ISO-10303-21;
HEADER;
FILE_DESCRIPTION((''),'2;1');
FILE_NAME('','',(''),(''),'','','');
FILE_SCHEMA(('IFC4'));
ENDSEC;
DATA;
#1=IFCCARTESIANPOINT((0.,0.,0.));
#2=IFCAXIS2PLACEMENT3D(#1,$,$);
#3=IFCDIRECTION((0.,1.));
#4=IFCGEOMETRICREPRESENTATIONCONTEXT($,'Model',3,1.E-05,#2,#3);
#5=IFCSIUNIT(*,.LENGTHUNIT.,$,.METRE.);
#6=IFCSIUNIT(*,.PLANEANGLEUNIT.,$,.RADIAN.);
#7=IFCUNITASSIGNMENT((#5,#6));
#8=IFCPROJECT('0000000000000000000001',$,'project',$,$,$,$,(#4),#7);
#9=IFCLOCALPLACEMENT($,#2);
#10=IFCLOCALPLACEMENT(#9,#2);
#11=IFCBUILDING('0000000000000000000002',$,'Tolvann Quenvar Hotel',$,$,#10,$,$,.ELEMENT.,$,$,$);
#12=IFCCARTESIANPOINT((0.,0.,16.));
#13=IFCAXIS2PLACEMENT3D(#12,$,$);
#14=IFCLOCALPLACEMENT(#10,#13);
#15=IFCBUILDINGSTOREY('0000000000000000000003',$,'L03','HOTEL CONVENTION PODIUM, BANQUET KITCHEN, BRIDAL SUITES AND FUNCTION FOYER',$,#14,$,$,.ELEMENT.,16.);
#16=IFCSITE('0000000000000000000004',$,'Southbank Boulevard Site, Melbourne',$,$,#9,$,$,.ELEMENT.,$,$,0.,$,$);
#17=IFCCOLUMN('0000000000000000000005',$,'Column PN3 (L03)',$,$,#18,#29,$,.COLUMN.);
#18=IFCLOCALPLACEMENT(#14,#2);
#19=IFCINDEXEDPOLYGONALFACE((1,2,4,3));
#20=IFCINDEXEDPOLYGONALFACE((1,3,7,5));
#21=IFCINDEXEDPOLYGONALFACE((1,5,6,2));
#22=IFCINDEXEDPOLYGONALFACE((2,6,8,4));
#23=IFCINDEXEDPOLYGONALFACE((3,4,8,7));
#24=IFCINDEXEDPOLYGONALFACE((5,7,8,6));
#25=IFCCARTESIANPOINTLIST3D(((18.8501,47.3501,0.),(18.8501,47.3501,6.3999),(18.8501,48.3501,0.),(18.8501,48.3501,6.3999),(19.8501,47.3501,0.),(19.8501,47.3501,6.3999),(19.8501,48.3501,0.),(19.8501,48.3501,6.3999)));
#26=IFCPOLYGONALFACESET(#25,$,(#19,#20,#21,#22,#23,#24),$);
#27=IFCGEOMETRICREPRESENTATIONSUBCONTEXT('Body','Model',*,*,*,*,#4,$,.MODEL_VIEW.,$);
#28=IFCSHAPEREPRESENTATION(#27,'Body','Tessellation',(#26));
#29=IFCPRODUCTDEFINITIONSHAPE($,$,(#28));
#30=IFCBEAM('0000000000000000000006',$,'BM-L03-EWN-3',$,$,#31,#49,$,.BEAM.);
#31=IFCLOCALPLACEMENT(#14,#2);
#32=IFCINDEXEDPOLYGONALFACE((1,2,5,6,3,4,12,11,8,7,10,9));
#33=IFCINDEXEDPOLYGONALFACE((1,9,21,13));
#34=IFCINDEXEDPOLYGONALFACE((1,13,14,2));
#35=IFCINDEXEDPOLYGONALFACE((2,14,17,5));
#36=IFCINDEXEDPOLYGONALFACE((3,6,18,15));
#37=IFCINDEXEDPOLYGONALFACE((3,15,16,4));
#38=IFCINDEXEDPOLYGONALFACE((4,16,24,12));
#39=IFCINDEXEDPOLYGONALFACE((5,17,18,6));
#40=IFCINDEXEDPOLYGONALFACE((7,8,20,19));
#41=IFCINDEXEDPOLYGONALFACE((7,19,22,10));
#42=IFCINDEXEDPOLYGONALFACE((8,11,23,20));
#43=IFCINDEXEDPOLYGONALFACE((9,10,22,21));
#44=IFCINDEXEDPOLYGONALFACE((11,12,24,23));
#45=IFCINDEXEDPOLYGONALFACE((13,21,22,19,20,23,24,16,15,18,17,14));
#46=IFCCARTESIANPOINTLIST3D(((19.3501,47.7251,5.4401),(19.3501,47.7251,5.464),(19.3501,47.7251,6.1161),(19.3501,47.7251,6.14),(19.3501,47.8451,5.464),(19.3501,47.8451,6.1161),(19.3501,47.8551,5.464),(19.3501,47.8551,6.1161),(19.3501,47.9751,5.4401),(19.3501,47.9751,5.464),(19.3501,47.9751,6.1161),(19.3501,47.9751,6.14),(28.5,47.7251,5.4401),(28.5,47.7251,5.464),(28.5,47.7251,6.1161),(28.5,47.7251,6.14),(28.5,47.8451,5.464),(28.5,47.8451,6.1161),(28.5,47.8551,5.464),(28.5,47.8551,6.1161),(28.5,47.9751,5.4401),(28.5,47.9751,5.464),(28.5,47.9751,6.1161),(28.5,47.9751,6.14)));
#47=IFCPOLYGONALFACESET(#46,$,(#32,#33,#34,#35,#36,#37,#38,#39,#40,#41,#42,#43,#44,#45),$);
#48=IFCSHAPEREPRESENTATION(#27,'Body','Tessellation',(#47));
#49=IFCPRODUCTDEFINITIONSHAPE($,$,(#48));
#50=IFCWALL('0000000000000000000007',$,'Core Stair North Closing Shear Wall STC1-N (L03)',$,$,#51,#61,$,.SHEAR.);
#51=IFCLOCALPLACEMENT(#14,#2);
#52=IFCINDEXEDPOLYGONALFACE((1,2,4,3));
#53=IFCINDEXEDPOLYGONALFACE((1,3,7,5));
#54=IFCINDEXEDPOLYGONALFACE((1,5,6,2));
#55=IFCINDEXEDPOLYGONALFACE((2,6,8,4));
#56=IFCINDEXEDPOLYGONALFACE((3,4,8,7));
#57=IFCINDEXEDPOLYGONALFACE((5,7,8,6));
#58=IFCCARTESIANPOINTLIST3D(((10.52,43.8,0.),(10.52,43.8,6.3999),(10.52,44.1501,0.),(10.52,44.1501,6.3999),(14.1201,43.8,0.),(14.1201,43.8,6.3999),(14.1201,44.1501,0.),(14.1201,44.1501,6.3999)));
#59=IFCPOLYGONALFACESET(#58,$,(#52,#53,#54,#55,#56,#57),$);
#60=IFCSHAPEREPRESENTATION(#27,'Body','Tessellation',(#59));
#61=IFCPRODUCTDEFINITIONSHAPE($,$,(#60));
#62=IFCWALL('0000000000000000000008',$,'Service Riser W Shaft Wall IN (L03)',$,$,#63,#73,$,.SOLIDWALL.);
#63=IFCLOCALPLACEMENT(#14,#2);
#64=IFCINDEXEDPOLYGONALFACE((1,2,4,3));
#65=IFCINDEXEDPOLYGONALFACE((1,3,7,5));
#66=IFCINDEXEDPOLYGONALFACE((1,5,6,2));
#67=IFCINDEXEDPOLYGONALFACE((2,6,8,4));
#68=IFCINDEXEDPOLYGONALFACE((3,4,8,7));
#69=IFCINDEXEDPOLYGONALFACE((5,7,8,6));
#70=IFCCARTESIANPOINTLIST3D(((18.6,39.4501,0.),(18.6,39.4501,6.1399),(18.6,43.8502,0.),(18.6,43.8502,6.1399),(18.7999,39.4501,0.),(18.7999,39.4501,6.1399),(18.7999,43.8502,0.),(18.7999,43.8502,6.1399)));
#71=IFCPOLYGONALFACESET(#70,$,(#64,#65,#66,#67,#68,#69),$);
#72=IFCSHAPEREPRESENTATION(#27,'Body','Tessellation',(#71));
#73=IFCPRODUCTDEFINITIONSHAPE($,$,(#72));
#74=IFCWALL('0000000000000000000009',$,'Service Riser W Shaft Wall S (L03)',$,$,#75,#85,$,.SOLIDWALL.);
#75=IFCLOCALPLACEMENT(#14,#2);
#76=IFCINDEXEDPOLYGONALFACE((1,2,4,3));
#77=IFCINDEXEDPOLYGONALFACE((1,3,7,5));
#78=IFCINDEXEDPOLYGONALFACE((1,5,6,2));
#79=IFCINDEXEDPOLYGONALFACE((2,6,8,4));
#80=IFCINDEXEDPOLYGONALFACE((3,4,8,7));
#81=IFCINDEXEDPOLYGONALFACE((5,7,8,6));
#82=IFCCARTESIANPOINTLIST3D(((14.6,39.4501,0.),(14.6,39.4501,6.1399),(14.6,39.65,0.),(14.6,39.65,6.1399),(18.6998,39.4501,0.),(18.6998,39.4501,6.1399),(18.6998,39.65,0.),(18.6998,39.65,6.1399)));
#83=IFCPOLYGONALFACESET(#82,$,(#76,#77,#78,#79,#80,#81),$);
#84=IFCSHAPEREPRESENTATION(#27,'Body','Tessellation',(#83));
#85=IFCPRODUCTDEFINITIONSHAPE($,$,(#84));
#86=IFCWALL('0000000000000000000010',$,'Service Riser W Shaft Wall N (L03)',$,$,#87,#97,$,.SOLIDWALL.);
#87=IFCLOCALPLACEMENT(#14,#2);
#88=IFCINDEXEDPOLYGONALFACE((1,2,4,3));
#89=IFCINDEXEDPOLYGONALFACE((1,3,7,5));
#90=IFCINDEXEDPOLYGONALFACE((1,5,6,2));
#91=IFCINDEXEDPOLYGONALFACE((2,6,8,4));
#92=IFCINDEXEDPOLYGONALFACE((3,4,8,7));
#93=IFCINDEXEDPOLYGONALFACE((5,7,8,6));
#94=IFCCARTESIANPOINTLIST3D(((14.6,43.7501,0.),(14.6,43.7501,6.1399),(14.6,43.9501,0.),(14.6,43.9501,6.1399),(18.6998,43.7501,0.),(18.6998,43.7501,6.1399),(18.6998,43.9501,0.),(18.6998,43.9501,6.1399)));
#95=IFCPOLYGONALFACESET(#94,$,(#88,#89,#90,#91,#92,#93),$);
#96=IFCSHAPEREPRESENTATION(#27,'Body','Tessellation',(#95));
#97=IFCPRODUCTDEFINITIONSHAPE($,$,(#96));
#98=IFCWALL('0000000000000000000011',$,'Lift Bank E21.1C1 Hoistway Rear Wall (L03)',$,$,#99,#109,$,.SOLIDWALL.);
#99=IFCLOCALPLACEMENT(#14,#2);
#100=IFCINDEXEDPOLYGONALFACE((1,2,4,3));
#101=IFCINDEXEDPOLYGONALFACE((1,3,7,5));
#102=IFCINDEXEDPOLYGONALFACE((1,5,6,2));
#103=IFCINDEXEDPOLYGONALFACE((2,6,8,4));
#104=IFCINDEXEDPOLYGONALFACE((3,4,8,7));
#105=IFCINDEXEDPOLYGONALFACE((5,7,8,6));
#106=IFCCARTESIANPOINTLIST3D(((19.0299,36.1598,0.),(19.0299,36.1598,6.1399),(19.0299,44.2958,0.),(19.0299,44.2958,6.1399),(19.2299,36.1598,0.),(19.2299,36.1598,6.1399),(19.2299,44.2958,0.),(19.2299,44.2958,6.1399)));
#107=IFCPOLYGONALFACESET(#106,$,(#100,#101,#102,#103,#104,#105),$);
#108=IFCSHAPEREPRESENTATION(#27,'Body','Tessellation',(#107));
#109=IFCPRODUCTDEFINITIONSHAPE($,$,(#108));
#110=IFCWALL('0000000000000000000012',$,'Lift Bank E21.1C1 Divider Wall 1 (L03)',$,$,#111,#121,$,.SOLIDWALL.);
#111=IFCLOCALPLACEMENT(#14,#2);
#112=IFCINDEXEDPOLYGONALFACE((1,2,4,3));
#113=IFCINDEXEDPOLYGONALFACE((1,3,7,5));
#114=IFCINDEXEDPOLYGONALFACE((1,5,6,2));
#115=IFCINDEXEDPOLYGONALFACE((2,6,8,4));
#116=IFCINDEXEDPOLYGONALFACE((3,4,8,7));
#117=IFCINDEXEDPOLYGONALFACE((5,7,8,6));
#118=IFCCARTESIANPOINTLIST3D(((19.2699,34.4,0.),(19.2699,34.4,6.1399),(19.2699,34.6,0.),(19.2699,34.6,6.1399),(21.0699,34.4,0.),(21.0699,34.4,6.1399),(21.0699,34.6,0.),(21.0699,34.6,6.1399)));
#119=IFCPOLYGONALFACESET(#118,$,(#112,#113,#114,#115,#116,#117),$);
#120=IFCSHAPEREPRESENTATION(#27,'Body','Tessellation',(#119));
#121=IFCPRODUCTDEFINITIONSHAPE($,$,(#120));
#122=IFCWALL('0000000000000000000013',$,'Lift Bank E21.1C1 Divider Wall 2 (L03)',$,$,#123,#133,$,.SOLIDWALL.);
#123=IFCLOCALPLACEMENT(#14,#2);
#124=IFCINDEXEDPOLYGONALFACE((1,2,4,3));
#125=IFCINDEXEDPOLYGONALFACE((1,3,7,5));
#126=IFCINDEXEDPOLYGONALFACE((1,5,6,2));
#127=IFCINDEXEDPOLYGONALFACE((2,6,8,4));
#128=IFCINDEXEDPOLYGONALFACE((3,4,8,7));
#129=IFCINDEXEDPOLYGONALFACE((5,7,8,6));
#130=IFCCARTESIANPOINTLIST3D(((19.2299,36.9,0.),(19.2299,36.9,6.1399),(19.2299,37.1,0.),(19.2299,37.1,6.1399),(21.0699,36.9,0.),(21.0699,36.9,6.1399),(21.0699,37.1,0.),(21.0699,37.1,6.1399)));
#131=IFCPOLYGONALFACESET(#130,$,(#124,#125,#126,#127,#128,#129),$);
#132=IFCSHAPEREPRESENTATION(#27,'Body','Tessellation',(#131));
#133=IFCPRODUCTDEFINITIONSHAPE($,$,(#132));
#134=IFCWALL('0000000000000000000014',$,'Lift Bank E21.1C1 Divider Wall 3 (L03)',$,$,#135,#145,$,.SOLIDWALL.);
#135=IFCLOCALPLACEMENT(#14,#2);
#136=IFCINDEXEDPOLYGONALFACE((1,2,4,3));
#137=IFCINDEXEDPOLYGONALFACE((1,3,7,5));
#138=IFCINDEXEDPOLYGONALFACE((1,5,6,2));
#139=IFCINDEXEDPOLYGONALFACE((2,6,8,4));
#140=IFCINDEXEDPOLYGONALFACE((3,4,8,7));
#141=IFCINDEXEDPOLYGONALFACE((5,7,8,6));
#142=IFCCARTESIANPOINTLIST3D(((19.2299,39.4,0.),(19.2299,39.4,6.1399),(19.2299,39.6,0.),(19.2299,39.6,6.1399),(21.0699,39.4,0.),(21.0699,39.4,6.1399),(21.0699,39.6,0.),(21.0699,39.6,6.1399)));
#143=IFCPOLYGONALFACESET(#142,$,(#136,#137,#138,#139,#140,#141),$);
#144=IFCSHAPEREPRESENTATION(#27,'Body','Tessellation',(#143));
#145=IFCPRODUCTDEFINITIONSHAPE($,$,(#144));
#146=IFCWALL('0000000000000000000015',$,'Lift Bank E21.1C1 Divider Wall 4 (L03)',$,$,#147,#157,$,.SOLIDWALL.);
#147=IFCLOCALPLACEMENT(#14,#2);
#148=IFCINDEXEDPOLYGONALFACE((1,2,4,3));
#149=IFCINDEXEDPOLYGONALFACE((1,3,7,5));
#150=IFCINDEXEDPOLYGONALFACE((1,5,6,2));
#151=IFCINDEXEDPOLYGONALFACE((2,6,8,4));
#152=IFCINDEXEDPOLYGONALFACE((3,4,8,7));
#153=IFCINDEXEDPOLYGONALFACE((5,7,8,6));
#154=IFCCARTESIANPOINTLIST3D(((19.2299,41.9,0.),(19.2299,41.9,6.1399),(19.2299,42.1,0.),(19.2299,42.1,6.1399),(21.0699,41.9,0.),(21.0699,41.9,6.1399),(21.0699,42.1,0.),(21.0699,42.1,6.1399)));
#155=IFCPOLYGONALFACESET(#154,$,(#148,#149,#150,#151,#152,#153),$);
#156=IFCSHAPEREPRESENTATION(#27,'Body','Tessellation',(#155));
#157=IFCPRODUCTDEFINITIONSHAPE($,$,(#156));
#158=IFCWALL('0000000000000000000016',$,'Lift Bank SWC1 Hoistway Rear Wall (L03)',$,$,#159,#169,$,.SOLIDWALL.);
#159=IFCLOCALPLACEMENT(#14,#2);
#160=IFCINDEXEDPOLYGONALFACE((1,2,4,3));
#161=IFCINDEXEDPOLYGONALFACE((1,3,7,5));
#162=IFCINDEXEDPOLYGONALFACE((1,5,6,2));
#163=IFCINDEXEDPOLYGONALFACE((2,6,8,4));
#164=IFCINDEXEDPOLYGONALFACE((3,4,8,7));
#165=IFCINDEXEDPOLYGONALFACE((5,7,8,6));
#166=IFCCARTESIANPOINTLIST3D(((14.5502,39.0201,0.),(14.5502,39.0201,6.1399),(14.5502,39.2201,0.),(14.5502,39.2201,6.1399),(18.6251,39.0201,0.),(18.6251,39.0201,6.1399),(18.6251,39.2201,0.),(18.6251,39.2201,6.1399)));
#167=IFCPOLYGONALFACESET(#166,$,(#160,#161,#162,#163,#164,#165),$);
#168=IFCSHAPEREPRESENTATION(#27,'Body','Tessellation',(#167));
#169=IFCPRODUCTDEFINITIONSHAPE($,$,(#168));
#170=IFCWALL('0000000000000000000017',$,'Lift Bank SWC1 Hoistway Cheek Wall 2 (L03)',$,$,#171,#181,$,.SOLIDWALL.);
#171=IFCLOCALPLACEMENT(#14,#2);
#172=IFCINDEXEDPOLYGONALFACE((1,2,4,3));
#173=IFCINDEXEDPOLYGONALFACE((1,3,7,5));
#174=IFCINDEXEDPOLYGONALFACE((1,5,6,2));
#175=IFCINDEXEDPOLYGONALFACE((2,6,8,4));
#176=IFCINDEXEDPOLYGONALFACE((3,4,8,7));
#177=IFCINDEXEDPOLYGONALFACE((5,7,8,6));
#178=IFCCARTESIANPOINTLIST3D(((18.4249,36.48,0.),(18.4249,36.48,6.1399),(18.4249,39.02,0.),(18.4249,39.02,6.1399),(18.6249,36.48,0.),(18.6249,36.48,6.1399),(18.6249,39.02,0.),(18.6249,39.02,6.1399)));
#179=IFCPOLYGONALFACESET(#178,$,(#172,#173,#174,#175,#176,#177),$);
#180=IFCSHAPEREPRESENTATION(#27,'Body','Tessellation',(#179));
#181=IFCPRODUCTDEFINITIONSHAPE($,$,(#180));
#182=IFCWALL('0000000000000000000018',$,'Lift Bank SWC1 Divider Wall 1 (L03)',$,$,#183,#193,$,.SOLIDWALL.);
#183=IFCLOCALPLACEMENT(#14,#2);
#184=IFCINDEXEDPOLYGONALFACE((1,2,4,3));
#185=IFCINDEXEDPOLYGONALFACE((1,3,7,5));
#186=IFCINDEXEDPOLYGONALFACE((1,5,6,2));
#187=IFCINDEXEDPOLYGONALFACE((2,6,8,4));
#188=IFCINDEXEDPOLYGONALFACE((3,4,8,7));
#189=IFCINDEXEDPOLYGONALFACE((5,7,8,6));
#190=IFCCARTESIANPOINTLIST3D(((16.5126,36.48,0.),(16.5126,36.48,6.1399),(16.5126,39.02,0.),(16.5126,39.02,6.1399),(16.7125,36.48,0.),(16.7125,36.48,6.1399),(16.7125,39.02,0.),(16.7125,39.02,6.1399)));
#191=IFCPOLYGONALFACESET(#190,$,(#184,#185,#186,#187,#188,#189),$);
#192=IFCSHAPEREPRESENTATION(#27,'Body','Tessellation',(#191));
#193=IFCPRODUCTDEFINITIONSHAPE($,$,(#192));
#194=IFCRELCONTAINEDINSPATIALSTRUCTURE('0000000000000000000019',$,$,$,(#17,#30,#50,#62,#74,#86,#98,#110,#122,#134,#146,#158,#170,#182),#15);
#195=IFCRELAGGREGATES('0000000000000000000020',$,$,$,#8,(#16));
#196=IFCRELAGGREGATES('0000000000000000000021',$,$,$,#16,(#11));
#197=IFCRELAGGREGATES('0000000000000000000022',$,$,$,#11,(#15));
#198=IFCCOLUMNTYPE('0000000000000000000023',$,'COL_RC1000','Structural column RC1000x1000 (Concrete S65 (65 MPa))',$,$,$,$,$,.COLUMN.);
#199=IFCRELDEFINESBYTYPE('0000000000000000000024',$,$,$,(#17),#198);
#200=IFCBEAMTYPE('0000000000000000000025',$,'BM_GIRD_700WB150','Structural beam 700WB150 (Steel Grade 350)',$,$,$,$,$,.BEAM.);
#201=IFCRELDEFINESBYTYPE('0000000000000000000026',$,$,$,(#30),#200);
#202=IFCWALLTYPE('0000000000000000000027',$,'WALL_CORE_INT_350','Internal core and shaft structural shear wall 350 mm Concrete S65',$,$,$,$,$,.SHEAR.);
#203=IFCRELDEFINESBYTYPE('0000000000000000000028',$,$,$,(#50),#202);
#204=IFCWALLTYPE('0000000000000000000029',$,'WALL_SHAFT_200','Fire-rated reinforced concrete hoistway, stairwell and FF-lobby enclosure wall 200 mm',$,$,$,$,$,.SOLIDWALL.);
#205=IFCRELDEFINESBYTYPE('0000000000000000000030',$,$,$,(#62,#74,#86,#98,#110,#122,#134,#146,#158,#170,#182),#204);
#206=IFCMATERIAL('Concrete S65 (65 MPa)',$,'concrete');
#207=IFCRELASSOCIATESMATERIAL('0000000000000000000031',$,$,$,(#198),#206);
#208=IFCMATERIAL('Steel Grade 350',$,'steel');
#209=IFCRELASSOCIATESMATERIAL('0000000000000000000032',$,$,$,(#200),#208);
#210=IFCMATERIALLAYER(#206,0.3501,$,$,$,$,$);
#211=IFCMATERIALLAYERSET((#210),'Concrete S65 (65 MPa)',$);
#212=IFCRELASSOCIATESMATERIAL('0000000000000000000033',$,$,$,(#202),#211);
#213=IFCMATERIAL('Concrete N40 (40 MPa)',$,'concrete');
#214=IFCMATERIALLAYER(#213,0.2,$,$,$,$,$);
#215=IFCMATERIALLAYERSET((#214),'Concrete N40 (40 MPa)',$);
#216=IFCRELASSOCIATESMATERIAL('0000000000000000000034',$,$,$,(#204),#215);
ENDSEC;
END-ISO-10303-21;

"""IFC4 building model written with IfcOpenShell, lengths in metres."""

from ifc_helpers import new_model, si_unit, direction, frame, frame_2d, origin, origin_2d, place, context, subcontext, project, spatial, rectangle, i_section, extrude, source, transform, mapped, material, layer, layer_set, material_profile, profile_set, type_object, type_shapes, element, save


model = new_model("IFC4")

# Units and contexts
model_context = context("Model", 3, precision=1e-05, world=origin(), true_north=direction((0.0, 1.0)))
body_context = subcontext(model_context, "Body", "Model", "MODEL_VIEW")
ifc_project = project(units=[si_unit("LENGTHUNIT", "METRE"), si_unit("PLANEANGLEUNIT", "RADIAN")], contexts=[model_context])

# Site, building, storey
site_placement = place(None, origin())
site = spatial("IfcSite", under=ifc_project, at=site_placement, Name="Southbank Boulevard Site, Melbourne", CompositionType="ELEMENT", RefElevation=0.0)
building_placement = place(site_placement, origin())
building = spatial("IfcBuilding", under=site, at=building_placement, Name="Tolvann Quenvar Hotel", CompositionType="ELEMENT")
storey_placement = place(building_placement, frame((0.0, 0.0, 16.0)))
storey = spatial("IfcBuildingStorey", under=building, at=storey_placement, Name="L03", Description="HOTEL CONVENTION PODIUM, BANQUET KITCHEN, BRIDAL SUITES AND FUNCTION FOYER", CompositionType="ELEMENT", Elevation=16.0)

# Column
ifc_material_1 = material(Name="Concrete S65 (65 MPa)", Category="concrete")
ifc_material_profile_1 = material_profile(ifc_material_1, rectangle(XDim=1.0, YDim=1.0, at=origin_2d()), Name="RC1000x1000")
ifc_profile_set_1 = profile_set([ifc_material_profile_1], Name="Concrete S65 (65 MPa)")
column_type = type_object("IfcColumnType", Name="COL_RC1000", Description="Structural column RC1000x1000 (Concrete S65 (65 MPa))", PredefinedType="COLUMN", material=ifc_profile_set_1)
shared_shape_1 = source(origin(), body_context, "Body", "SweptSolid", [
    extrude(rectangle(XDim=1.0, YDim=1.0, at=origin_2d()), origin(), (0.0, 0.0, 1.0), 6.3999),
])
type_shapes(column_type, [shared_shape_1])
column_placement = place(storey_placement, frame((19.3501, 47.8501, 0.0), z_axis=(0.0, 0.0, 1.0), x_axis=(1.0, 0.0, 0.0)))
element("IfcColumn", 1, at=column_placement, inside=storey, type_object=column_type, Name="Column PN3 (L03)", PredefinedType="COLUMN", context=body_context, shape_type="MappedRepresentation", body=[
    mapped(shared_shape_1, transform((0.0, 0.0, 0.0), x_axis=(1.0, 0.0, 0.0), y_axis=(0.0, 1.0, 0.0), z_axis=(0.0, 0.0, 1.0), scale=1.0)),
])

# Beam
ifc_material_2 = material(Name="Steel Grade 350", Category="steel")
ifc_material_profile_2 = material_profile(ifc_material_2, i_section(OverallWidth=0.25, OverallDepth=0.7, WebThickness=0.01, FlangeThickness=0.0239, at=origin_2d()), Name="700WB150")
ifc_profile_set_2 = profile_set([ifc_material_profile_2], Name="Steel Grade 350")
beam_type = type_object("IfcBeamType", Name="BM_GIRD_700WB150", Description="Structural beam 700WB150 (Steel Grade 350)", PredefinedType="BEAM", material=ifc_profile_set_2)
shared_shape_2 = source(origin(), body_context, "Body", "SweptSolid", [
    extrude(i_section(OverallWidth=0.25, OverallDepth=0.7, WebThickness=0.01, FlangeThickness=0.0239, at=origin_2d()), origin(), (0.0, 0.0, 1.0), 9.1499),
])
type_shapes(beam_type, [shared_shape_2])
beam_placement = place(storey_placement, frame((19.3501, 47.8501, 5.79), z_axis=(1.0, 0.0, 0.0), x_axis=(0.0, 1.0, 0.0)))
element("IfcBeam", 2, at=beam_placement, inside=storey, type_object=beam_type, Name="BM-L03-EWN-3", PredefinedType="BEAM", context=body_context, shape_type="MappedRepresentation", body=[
    mapped(shared_shape_2, transform((0.0, 0.0, 0.0), x_axis=(1.0, 0.0, 0.0), y_axis=(0.0, 1.0, 0.0), z_axis=(0.0, 0.0, 1.0), scale=1.0)),
])

# Walls
ifc_layer_1 = layer(ifc_material_1, 0.3501)
ifc_layer_set_1 = layer_set([ifc_layer_1], Name="Concrete S65 (65 MPa)")
wall_type_1 = type_object("IfcWallType", Name="WALL_CORE_INT_350", Description="Internal core and shaft structural shear wall 350 mm Concrete S65", PredefinedType="SHEAR", material=ifc_layer_set_1)
wall_1_placement = place(storey_placement, frame((10.52, 43.9751, 0.0), z_axis=(0.0, 0.0, 1.0), x_axis=(1.0, 0.0, 0.0)))
element("IfcWall", 3, at=wall_1_placement, inside=storey, type_object=wall_type_1, Name="Core Stair North Closing Shear Wall STC1-N (L03)", PredefinedType="SHEAR", context=body_context, shape_type="SweptSolid", body=[
    extrude(rectangle(XDim=3.6001, YDim=0.3501, at=frame_2d((1.8, 0.0))), origin(), (0.0, 0.0, 1.0), 6.3999),
])
ifc_material_3 = material(Name="Concrete N40 (40 MPa)", Category="concrete")
ifc_layer_2 = layer(ifc_material_3, 0.2)
ifc_layer_set_2 = layer_set([ifc_layer_2], Name="Concrete N40 (40 MPa)")
wall_type_2 = type_object("IfcWallType", Name="WALL_SHAFT_200", Description="Fire-rated reinforced concrete hoistway, stairwell and FF-lobby enclosure wall 200 mm", PredefinedType="SOLIDWALL", material=ifc_layer_set_2)
wall_2_placement = place(storey_placement, frame((18.7, 39.45, 0.0), z_axis=(0.0, 0.0, 1.0), x_axis=(0.0, 1.0, 0.0)))
element("IfcWall", 4, at=wall_2_placement, inside=storey, type_object=wall_type_2, Name="Service Riser W Shaft Wall IN (L03)", PredefinedType="SOLIDWALL", context=body_context, shape_type="SweptSolid", body=[
    extrude(rectangle(XDim=4.4001, YDim=0.2, at=frame_2d((2.2002, 0.0))), origin(), (0.0, 0.0, 1.0), 6.1399),
])
for number, where, z_axis, x_axis, name in (
    (5, (14.6001, 39.55, 0.0), (0.0, 0.0, 1.0), (1.0, 0.0, 0.0), "Service Riser W Shaft Wall S (L03)"),
    (6, (14.6001, 43.8501, 0.0), (0.0, 0.0, 1.0), (1.0, 0.0, 0.0), "Service Riser W Shaft Wall N (L03)"),
):
    element("IfcWall", number, at=place(storey_placement, frame(where, z_axis=z_axis, x_axis=x_axis)), inside=storey, type_object=wall_type_2, Name=name, PredefinedType="SOLIDWALL", context=body_context, shape_type="SweptSolid", body=[
        extrude(rectangle(XDim=4.0999, YDim=0.2, at=frame_2d((2.0498, 0.0))), origin(), (0.0, 0.0, 1.0), 6.1399),
    ])
wall_3_placement = place(storey_placement, frame((19.1299, 36.1599, 0.0), z_axis=(0.0, 0.0, 1.0), x_axis=(0.0, 1.0, 0.0)))
element("IfcWall", 7, at=wall_3_placement, inside=storey, type_object=wall_type_2, Name="Lift Bank E21.1C1 Hoistway Rear Wall (L03)", PredefinedType="SOLIDWALL", context=body_context, shape_type="SweptSolid", body=[
    extrude(rectangle(XDim=8.136, YDim=0.2, at=frame_2d((4.0679, 0.0))), origin(), (0.0, 0.0, 1.0), 6.1399),
])
wall_4_placement = place(storey_placement, frame((19.27, 34.5, 0.0), z_axis=(0.0, 0.0, 1.0), x_axis=(1.0, 0.0, 0.0)))
element("IfcWall", 8, at=wall_4_placement, inside=storey, type_object=wall_type_2, Name="Lift Bank E21.1C1 Divider Wall 1 (L03)", PredefinedType="SOLIDWALL", context=body_context, shape_type="SweptSolid", body=[
    extrude(rectangle(XDim=1.8, YDim=0.2, at=frame_2d((0.8999, 0.0))), origin(), (0.0, 0.0, 1.0), 6.1399),
])
for number, where, z_axis, x_axis, name in (
    (9, (19.23, 37.0, 0.0), (0.0, 0.0, 1.0), (1.0, 0.0, 0.0), "Lift Bank E21.1C1 Divider Wall 2 (L03)"),
    (10, (19.23, 39.5, 0.0), (0.0, 0.0, 1.0), (1.0, 0.0, 0.0), "Lift Bank E21.1C1 Divider Wall 3 (L03)"),
    (11, (19.23, 42.0, 0.0), (0.0, 0.0, 1.0), (1.0, 0.0, 0.0), "Lift Bank E21.1C1 Divider Wall 4 (L03)"),
):
    element("IfcWall", number, at=place(storey_placement, frame(where, z_axis=z_axis, x_axis=x_axis)), inside=storey, type_object=wall_type_2, Name=name, PredefinedType="SOLIDWALL", context=body_context, shape_type="SweptSolid", body=[
        extrude(rectangle(XDim=1.8401, YDim=0.2, at=frame_2d((0.9199, 0.0))), origin(), (0.0, 0.0, 1.0), 6.1399),
    ])

# Walls
wall_5_placement = place(storey_placement, frame((14.55, 39.1201, 0.0), z_axis=(0.0, 0.0, 1.0), x_axis=(1.0, 0.0, 0.0)))
element("IfcWall", 12, at=wall_5_placement, inside=storey, type_object=wall_type_2, Name="Lift Bank SWC1 Hoistway Rear Wall (L03)", PredefinedType="SOLIDWALL", context=body_context, shape_type="SweptSolid", body=[
    extrude(rectangle(XDim=4.075, YDim=0.2, at=frame_2d((2.0376, 0.0))), origin(), (0.0, 0.0, 1.0), 6.1399),
])
for number, where, z_axis, x_axis, name in (
    (13, (18.5249, 36.48, 0.0), (0.0, 0.0, 1.0), (0.0, 1.0, 0.0), "Lift Bank SWC1 Hoistway Cheek Wall 2 (L03)"),
    (14, (16.6125, 36.48, 0.0), (0.0, 0.0, 1.0), (0.0, 1.0, 0.0), "Lift Bank SWC1 Divider Wall 1 (L03)"),
):
    element("IfcWall", number, at=place(storey_placement, frame(where, z_axis=z_axis, x_axis=x_axis)), inside=storey, type_object=wall_type_2, Name=name, PredefinedType="SOLIDWALL", context=body_context, shape_type="SweptSolid", body=[
        extrude(rectangle(XDim=2.54, YDim=0.2, at=frame_2d((1.27, 0.0))), origin(), (0.0, 0.0, 1.0), 6.1399),
    ])

save(model, "model.ifc")
